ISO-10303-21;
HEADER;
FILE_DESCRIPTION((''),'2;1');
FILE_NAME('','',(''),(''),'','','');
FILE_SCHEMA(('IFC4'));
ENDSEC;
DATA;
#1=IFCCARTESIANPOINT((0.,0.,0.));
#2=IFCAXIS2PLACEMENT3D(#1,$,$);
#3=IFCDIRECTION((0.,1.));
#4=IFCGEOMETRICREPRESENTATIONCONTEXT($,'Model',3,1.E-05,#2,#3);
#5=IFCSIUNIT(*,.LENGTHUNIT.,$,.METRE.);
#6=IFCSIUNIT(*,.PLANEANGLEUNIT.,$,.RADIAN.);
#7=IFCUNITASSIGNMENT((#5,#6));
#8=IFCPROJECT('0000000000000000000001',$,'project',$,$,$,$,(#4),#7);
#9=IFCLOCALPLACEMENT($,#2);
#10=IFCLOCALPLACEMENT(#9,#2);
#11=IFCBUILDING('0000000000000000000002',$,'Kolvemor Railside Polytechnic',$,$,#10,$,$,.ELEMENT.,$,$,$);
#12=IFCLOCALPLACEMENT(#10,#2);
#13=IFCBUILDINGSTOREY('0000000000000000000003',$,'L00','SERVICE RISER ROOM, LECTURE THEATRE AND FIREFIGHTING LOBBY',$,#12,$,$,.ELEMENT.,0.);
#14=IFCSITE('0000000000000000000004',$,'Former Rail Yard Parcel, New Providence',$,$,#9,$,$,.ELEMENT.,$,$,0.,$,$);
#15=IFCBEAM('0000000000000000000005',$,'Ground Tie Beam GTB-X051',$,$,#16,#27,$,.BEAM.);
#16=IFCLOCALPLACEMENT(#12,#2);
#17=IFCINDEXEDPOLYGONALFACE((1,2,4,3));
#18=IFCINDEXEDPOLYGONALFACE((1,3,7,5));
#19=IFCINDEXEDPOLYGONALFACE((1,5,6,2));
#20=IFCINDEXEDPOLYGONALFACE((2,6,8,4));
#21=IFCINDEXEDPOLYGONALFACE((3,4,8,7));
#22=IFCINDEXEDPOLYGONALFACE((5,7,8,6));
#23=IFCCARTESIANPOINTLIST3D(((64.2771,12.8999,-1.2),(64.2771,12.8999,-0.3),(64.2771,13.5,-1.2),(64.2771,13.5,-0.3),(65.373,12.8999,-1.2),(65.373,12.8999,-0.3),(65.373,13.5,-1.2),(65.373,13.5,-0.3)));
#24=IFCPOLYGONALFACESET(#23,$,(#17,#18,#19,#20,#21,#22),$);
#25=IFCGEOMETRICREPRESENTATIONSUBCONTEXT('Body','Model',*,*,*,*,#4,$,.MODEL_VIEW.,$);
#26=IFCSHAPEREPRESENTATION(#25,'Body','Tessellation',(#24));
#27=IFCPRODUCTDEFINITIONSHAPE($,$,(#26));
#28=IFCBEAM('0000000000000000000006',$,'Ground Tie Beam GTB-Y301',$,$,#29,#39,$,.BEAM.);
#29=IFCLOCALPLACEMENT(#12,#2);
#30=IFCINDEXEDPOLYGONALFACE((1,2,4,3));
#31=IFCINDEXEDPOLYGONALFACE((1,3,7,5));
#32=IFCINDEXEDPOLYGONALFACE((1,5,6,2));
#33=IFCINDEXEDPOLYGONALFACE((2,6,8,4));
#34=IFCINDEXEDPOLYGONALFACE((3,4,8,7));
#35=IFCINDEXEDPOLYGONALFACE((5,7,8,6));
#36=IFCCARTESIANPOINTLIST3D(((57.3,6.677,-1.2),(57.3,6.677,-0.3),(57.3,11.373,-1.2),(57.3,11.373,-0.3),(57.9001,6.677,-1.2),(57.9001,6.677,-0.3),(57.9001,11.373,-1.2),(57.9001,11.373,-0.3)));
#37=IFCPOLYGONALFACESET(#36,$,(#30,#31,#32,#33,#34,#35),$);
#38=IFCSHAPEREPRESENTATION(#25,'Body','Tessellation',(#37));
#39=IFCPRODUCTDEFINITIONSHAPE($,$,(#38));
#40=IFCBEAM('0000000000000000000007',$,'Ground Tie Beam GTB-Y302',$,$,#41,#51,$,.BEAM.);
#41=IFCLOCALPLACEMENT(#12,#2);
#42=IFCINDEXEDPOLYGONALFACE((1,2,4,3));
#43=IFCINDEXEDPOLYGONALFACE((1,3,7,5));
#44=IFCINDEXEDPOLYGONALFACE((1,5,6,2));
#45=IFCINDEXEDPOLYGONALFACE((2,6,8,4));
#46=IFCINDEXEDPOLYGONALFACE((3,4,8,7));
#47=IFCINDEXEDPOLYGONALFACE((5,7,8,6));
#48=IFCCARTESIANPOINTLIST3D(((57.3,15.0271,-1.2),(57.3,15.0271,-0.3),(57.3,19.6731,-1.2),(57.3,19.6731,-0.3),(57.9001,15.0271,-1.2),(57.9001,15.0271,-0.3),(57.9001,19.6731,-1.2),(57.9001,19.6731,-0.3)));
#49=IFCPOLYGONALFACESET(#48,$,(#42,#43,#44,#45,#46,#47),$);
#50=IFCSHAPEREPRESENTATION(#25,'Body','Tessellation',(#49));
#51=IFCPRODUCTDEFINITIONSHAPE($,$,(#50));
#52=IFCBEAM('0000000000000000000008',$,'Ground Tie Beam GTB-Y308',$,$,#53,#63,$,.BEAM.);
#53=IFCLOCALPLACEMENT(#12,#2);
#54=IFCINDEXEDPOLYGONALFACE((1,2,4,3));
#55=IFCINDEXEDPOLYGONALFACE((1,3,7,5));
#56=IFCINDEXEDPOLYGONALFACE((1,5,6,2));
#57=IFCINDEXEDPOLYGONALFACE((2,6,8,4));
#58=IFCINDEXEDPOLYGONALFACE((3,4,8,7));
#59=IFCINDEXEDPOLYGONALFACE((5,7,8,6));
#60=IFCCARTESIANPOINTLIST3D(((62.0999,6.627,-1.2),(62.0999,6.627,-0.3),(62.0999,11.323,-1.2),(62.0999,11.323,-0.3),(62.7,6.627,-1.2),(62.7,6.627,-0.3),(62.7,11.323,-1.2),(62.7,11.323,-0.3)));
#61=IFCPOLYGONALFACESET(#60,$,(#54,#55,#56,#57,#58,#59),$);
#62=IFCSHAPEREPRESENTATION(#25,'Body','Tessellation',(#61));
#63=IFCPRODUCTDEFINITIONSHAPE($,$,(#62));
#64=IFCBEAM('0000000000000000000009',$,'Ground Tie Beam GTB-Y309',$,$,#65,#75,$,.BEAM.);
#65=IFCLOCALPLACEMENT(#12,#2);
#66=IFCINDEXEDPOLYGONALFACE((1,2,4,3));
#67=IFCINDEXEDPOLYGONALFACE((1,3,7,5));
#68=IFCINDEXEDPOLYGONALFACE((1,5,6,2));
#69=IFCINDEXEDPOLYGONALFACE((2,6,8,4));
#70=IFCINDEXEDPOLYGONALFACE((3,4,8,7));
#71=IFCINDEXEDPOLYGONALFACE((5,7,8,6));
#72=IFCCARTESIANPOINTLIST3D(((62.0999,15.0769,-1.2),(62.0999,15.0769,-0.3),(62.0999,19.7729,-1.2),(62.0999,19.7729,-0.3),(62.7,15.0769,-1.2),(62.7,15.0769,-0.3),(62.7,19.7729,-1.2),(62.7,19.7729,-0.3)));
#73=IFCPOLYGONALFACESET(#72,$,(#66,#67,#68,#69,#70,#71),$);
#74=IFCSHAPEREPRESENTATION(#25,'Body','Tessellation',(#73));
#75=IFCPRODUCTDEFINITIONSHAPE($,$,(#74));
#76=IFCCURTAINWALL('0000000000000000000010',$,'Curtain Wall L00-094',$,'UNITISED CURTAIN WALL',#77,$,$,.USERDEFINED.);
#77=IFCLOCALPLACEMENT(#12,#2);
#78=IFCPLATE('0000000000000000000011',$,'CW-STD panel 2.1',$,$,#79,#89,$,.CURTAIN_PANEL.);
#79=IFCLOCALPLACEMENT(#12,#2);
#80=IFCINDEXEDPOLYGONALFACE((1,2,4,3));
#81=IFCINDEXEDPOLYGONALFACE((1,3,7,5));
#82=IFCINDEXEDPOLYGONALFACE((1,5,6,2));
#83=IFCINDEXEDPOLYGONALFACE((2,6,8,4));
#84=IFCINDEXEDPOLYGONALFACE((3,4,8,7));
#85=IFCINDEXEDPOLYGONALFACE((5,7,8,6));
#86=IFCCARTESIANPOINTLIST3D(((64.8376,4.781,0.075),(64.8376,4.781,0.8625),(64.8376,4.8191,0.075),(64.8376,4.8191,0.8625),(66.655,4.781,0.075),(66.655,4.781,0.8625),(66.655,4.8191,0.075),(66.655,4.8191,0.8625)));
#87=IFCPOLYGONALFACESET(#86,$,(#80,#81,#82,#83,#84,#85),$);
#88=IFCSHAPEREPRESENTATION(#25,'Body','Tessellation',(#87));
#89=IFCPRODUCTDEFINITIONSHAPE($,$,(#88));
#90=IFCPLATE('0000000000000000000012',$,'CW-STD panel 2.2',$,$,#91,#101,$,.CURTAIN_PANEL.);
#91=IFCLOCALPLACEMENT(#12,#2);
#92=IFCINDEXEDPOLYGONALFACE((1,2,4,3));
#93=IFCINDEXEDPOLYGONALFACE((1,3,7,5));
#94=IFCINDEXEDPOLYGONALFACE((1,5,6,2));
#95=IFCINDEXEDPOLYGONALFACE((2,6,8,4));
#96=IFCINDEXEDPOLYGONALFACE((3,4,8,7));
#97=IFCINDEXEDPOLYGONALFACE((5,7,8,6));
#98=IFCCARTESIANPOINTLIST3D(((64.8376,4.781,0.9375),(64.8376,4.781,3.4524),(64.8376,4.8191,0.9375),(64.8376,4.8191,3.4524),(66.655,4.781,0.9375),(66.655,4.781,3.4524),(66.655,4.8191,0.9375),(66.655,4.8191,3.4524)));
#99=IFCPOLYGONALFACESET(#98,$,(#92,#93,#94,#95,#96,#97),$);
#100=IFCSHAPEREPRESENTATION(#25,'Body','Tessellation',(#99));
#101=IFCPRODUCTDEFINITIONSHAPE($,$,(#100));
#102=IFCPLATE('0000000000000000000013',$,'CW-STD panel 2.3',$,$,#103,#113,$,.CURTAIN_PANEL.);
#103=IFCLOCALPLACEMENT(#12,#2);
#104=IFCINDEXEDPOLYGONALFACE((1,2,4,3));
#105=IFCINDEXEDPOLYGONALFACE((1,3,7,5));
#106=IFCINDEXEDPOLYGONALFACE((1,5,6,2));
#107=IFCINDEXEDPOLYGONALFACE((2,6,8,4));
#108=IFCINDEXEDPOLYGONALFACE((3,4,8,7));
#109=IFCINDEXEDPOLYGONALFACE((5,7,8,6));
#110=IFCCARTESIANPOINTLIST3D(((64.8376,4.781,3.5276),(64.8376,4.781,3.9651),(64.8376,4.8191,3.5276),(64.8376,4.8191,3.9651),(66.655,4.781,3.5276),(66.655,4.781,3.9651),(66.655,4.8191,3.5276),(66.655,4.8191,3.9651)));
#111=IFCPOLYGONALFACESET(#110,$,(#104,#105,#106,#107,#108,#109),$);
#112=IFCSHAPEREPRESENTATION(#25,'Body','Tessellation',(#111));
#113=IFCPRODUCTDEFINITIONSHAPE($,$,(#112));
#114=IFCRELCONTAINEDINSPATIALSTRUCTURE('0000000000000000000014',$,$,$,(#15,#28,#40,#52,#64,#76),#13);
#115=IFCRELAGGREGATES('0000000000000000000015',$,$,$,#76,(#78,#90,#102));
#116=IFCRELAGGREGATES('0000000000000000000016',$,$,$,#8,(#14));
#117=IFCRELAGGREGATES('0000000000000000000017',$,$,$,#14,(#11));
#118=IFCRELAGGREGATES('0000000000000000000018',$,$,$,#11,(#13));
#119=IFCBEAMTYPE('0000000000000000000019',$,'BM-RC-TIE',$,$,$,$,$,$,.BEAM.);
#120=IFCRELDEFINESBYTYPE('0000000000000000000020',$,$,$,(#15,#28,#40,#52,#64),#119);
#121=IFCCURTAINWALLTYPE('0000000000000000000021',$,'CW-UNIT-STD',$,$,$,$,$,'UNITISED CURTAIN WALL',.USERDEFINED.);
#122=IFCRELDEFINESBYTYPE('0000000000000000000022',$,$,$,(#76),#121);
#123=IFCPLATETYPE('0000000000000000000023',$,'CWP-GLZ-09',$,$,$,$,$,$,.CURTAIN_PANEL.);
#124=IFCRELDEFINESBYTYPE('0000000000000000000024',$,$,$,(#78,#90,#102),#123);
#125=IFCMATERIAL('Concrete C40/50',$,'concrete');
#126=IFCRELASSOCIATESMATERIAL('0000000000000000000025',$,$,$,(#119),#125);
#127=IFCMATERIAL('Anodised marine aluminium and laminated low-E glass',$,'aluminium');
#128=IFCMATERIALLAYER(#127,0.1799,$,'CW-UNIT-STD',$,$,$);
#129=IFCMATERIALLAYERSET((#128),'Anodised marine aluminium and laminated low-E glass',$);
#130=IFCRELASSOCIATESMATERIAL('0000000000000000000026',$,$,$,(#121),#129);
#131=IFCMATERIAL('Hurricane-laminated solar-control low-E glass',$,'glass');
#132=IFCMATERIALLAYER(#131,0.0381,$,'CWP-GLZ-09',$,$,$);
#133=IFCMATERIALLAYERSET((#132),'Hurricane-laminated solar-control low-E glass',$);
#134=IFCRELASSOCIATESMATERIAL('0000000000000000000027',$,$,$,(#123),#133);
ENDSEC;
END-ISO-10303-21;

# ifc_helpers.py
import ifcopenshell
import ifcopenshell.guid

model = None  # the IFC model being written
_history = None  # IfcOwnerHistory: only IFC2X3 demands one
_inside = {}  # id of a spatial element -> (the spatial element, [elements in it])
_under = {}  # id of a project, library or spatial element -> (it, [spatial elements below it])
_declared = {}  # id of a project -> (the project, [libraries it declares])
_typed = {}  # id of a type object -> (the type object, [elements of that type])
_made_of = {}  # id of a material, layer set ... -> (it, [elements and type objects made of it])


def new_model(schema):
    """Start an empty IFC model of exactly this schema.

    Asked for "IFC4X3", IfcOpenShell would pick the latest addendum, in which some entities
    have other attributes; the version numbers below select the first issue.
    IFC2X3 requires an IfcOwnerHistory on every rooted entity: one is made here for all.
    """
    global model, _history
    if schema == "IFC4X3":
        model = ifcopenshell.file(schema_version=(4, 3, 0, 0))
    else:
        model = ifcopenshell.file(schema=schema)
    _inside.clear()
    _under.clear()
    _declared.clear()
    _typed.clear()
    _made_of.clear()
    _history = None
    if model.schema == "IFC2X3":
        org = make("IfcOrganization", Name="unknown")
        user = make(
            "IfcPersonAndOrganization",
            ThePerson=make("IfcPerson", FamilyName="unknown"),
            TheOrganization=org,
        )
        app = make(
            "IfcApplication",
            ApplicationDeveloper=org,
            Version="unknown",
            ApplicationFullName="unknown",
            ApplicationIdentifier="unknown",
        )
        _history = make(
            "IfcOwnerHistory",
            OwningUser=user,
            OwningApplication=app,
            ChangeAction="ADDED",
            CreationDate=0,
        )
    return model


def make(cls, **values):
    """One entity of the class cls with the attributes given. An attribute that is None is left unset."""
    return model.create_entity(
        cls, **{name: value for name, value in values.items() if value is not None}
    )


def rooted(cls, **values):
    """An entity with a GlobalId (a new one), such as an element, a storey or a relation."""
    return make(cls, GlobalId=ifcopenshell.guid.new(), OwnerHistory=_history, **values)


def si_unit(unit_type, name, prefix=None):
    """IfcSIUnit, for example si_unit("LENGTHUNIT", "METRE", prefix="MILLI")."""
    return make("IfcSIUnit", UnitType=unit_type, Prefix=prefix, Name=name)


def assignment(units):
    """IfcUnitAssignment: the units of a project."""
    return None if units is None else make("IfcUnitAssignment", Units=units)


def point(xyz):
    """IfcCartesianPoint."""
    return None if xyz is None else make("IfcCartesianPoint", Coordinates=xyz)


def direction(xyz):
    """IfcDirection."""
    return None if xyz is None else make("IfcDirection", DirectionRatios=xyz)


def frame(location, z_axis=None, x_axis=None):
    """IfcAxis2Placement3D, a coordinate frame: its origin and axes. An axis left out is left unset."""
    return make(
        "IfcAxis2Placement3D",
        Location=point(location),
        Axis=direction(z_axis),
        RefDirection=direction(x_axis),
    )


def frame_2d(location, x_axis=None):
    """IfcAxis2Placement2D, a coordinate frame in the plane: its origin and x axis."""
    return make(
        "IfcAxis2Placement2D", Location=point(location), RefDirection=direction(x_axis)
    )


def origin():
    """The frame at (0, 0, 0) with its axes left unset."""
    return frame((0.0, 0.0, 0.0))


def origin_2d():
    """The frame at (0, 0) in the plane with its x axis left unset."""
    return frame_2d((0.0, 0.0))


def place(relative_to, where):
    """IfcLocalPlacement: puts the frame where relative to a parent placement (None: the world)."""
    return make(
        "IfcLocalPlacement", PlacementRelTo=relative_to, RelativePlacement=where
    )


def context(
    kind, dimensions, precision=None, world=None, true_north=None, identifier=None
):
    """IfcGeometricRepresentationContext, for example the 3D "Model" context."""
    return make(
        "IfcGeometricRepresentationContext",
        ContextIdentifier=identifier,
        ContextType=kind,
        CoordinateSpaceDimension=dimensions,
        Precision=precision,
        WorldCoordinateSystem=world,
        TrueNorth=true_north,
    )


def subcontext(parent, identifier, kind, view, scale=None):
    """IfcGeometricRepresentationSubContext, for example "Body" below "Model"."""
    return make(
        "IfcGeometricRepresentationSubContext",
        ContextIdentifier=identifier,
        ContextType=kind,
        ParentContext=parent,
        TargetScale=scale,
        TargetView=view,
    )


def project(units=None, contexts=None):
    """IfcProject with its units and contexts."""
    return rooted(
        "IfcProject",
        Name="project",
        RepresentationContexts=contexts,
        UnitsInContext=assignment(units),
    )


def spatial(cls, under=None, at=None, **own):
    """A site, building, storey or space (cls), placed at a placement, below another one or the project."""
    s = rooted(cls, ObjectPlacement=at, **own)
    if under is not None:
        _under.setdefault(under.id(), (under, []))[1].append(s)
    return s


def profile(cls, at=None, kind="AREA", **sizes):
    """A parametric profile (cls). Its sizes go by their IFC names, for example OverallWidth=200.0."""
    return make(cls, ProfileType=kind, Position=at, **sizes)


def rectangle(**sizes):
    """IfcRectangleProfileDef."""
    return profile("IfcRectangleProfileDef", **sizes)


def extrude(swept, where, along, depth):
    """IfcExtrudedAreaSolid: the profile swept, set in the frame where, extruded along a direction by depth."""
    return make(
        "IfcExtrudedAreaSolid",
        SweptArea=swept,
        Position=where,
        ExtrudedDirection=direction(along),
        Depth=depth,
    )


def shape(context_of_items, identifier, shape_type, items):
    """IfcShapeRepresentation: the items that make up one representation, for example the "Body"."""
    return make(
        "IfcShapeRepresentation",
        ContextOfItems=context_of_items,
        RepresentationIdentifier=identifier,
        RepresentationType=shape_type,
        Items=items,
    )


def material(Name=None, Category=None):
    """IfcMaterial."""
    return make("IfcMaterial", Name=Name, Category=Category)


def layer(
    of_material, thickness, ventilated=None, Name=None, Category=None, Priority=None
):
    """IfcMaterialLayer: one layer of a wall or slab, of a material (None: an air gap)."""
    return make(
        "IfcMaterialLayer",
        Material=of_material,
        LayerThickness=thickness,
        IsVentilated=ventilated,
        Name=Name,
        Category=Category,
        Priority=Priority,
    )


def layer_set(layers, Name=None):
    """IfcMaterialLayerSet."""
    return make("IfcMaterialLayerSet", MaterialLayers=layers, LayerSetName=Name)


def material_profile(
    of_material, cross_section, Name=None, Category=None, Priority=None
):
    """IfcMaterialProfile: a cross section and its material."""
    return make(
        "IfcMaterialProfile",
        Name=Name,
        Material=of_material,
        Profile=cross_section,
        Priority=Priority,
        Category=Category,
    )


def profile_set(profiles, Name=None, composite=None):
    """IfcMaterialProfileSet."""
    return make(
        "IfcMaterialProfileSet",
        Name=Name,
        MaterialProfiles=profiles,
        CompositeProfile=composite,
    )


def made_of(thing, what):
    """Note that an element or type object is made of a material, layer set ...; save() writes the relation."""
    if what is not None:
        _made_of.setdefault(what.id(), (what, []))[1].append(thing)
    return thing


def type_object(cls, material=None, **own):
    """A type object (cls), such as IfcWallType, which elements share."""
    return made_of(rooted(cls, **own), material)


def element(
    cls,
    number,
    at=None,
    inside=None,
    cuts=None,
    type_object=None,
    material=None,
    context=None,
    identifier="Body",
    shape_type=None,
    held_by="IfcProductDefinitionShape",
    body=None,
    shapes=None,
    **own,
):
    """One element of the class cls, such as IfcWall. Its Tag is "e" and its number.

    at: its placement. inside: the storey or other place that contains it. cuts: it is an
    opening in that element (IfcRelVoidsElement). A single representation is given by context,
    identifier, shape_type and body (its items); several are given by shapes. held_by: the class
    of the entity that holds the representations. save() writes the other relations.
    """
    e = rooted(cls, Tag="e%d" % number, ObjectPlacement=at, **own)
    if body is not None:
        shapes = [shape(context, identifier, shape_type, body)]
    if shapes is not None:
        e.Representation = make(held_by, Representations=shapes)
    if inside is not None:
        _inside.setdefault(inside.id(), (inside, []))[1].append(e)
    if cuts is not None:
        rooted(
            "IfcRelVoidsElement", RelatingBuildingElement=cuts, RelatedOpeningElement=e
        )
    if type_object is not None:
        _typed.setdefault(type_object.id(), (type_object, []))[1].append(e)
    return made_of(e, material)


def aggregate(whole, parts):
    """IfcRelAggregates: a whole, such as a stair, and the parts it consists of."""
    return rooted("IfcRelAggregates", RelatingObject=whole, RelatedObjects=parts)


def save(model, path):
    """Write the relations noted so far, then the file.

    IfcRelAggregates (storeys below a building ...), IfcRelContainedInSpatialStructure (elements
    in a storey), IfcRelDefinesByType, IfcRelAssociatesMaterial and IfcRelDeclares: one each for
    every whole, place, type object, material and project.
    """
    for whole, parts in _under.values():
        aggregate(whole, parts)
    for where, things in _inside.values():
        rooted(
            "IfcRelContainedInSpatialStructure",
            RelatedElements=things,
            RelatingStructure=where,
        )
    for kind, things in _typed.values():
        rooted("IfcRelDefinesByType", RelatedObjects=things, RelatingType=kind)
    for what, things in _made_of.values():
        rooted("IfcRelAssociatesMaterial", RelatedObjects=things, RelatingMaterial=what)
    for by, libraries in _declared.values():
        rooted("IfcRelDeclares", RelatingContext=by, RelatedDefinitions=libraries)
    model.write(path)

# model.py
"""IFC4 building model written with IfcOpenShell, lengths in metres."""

from ifc_helpers import new_model, si_unit, direction, frame, origin, origin_2d, place, context, subcontext, project, spatial, rectangle, extrude, material, layer, layer_set, material_profile, profile_set, type_object, element, aggregate, save


model = new_model("IFC4")

# Units and contexts
model_context = context("Model", 3, precision=1e-05, world=origin(), true_north=direction((0.0, 1.0)))
body_context = subcontext(model_context, "Body", "Model", "MODEL_VIEW")
ifc_project = project(units=[si_unit("LENGTHUNIT", "METRE"), si_unit("PLANEANGLEUNIT", "RADIAN")], contexts=[model_context])

# Site, building, storey
site_placement = place(None, origin())
site = spatial("IfcSite", under=ifc_project, at=site_placement, Name="Former Rail Yard Parcel, New Providence", CompositionType="ELEMENT", RefElevation=0.0)
building_placement = place(site_placement, origin())
building = spatial("IfcBuilding", under=site, at=building_placement, Name="Kolvemor Railside Polytechnic", CompositionType="ELEMENT")
storey_placement = place(building_placement, origin())
storey = spatial("IfcBuildingStorey", under=building, at=storey_placement, Name="L00", Description="SERVICE RISER ROOM, LECTURE THEATRE AND FIREFIGHTING LOBBY", CompositionType="ELEMENT", Elevation=0.0)

# Beams
ifc_material_1 = material(Name="Concrete C40/50", Category="concrete")
ifc_material_profile_1 = material_profile(ifc_material_1, rectangle(XDim=0.6001, YDim=0.8999, at=origin_2d()), Name="RC600x900")
ifc_profile_set_1 = profile_set([ifc_material_profile_1], Name="Concrete C40/50")
beam_type_1 = type_object("IfcBeamType", Name="BM-RC-TIE", PredefinedType="BEAM", material=ifc_profile_set_1)
for number, where, z_axis, x_axis, name in (
    (1, (64.2771, 13.2, -0.75), (1.0, 0.0, 0.0), (0.0, 1.0, 0.0), "Ground Tie Beam GTB-X051"),
):
    element("IfcBeam", number, at=place(storey_placement, frame(where, z_axis=z_axis, x_axis=x_axis)), inside=storey, type_object=beam_type_1, Name=name, PredefinedType="BEAM", context=body_context, shape_type="SweptSolid", body=[
        extrude(rectangle(XDim=0.6001, YDim=0.8999, at=origin_2d()), origin(), (0.0, 0.0, 1.0), 1.0959),
    ])
beam_1_placement = place(storey_placement, frame((57.6001, 6.677, -0.75), z_axis=(0.0, 1.0, 0.0), x_axis=(-1.0, 0.0, 0.0)))
element("IfcBeam", 2, at=beam_1_placement, inside=storey, type_object=beam_type_1, Name="Ground Tie Beam GTB-Y301", PredefinedType="BEAM", context=body_context, shape_type="SweptSolid", body=[
    extrude(rectangle(XDim=0.6001, YDim=0.8999, at=origin_2d()), origin(), (0.0, 0.0, 1.0), 4.696),
])
beam_2_placement = place(storey_placement, frame((57.6001, 15.0271, -0.75), z_axis=(0.0, 1.0, 0.0), x_axis=(-1.0, 0.0, 0.0)))
element("IfcBeam", 3, at=beam_2_placement, inside=storey, type_object=beam_type_1, Name="Ground Tie Beam GTB-Y302", PredefinedType="BEAM", context=body_context, shape_type="SweptSolid", body=[
    extrude(rectangle(XDim=0.6001, YDim=0.8999, at=origin_2d()), origin(), (0.0, 0.0, 1.0), 4.646),
])
for number, where, z_axis, x_axis, name in (
    (4, (62.3999, 6.627, -0.75), (0.0, 1.0, 0.0), (-1.0, 0.0, 0.0), "Ground Tie Beam GTB-Y308"),
    (5, (62.3999, 15.0769, -0.75), (0.0, 1.0, 0.0), (-1.0, 0.0, 0.0), "Ground Tie Beam GTB-Y309"),
):
    element("IfcBeam", number, at=place(storey_placement, frame(where, z_axis=z_axis, x_axis=x_axis)), inside=storey, type_object=beam_type_1, Name=name, PredefinedType="BEAM", context=body_context, shape_type="SweptSolid", body=[
        extrude(rectangle(XDim=0.6001, YDim=0.8999, at=origin_2d()), origin(), (0.0, 0.0, 1.0), 4.696),
    ])

# Curtain wall, plates
ifc_material_2 = material(Name="Anodised marine aluminium and laminated low-E glass", Category="aluminium")
ifc_layer_1 = layer(ifc_material_2, 0.1799, Name="CW-UNIT-STD")
ifc_layer_set_1 = layer_set([ifc_layer_1], Name="Anodised marine aluminium and laminated low-E glass")
curtain_wall_type = type_object("IfcCurtainWallType", Name="CW-UNIT-STD", ElementType="UNITISED CURTAIN WALL", PredefinedType="USERDEFINED", material=ifc_layer_set_1)
curtain_wall_placement = place(storey_placement, origin())
curtain_wall = element("IfcCurtainWall", 6, at=curtain_wall_placement, inside=storey, type_object=curtain_wall_type, Name="Curtain Wall L00-094", ObjectType="UNITISED CURTAIN WALL", PredefinedType="USERDEFINED")
ifc_material_3 = material(Name="Hurricane-laminated solar-control low-E glass", Category="glass")
ifc_layer_2 = layer(ifc_material_3, 0.0381, Name="CWP-GLZ-09")
ifc_layer_set_2 = layer_set([ifc_layer_2], Name="Hurricane-laminated solar-control low-E glass")
plate_type = type_object("IfcPlateType", Name="CWP-GLZ-09", PredefinedType="CURTAIN_PANEL", material=ifc_layer_set_2)
plate_1_placement = place(storey_placement, frame((65.7463, 4.8, 0.075), z_axis=(0.0, 0.0, 1.0), x_axis=(1.0, 0.0, 0.0)))
plate_1 = element("IfcPlate", 7, at=plate_1_placement, type_object=plate_type, Name="CW-STD panel 2.1", PredefinedType="CURTAIN_PANEL", context=body_context, shape_type="SweptSolid", body=[
    extrude(rectangle(XDim=1.8174, YDim=0.0381, at=origin_2d()), origin(), (0.0, 0.0, 1.0), 0.7876),
])
plate_2_placement = place(storey_placement, frame((65.7463, 4.8, 0.9375), z_axis=(0.0, 0.0, 1.0), x_axis=(1.0, 0.0, 0.0)))
plate_2 = element("IfcPlate", 8, at=plate_2_placement, type_object=plate_type, Name="CW-STD panel 2.2", PredefinedType="CURTAIN_PANEL", context=body_context, shape_type="SweptSolid", body=[
    extrude(rectangle(XDim=1.8174, YDim=0.0381, at=origin_2d()), origin(), (0.0, 0.0, 1.0), 2.5149),
])
plate_3_placement = place(storey_placement, frame((65.7463, 4.8, 3.5276), z_axis=(0.0, 0.0, 1.0), x_axis=(1.0, 0.0, 0.0)))
plate_3 = element("IfcPlate", 9, at=plate_3_placement, type_object=plate_type, Name="CW-STD panel 2.3", PredefinedType="CURTAIN_PANEL", context=body_context, shape_type="SweptSolid", body=[
    extrude(rectangle(XDim=1.8174, YDim=0.0381, at=origin_2d()), origin(), (0.0, 0.0, 1.0), 0.4375),
])
aggregate(curtain_wall, [plate_1, plate_2, plate_3])

save(model, "model.ifc")
